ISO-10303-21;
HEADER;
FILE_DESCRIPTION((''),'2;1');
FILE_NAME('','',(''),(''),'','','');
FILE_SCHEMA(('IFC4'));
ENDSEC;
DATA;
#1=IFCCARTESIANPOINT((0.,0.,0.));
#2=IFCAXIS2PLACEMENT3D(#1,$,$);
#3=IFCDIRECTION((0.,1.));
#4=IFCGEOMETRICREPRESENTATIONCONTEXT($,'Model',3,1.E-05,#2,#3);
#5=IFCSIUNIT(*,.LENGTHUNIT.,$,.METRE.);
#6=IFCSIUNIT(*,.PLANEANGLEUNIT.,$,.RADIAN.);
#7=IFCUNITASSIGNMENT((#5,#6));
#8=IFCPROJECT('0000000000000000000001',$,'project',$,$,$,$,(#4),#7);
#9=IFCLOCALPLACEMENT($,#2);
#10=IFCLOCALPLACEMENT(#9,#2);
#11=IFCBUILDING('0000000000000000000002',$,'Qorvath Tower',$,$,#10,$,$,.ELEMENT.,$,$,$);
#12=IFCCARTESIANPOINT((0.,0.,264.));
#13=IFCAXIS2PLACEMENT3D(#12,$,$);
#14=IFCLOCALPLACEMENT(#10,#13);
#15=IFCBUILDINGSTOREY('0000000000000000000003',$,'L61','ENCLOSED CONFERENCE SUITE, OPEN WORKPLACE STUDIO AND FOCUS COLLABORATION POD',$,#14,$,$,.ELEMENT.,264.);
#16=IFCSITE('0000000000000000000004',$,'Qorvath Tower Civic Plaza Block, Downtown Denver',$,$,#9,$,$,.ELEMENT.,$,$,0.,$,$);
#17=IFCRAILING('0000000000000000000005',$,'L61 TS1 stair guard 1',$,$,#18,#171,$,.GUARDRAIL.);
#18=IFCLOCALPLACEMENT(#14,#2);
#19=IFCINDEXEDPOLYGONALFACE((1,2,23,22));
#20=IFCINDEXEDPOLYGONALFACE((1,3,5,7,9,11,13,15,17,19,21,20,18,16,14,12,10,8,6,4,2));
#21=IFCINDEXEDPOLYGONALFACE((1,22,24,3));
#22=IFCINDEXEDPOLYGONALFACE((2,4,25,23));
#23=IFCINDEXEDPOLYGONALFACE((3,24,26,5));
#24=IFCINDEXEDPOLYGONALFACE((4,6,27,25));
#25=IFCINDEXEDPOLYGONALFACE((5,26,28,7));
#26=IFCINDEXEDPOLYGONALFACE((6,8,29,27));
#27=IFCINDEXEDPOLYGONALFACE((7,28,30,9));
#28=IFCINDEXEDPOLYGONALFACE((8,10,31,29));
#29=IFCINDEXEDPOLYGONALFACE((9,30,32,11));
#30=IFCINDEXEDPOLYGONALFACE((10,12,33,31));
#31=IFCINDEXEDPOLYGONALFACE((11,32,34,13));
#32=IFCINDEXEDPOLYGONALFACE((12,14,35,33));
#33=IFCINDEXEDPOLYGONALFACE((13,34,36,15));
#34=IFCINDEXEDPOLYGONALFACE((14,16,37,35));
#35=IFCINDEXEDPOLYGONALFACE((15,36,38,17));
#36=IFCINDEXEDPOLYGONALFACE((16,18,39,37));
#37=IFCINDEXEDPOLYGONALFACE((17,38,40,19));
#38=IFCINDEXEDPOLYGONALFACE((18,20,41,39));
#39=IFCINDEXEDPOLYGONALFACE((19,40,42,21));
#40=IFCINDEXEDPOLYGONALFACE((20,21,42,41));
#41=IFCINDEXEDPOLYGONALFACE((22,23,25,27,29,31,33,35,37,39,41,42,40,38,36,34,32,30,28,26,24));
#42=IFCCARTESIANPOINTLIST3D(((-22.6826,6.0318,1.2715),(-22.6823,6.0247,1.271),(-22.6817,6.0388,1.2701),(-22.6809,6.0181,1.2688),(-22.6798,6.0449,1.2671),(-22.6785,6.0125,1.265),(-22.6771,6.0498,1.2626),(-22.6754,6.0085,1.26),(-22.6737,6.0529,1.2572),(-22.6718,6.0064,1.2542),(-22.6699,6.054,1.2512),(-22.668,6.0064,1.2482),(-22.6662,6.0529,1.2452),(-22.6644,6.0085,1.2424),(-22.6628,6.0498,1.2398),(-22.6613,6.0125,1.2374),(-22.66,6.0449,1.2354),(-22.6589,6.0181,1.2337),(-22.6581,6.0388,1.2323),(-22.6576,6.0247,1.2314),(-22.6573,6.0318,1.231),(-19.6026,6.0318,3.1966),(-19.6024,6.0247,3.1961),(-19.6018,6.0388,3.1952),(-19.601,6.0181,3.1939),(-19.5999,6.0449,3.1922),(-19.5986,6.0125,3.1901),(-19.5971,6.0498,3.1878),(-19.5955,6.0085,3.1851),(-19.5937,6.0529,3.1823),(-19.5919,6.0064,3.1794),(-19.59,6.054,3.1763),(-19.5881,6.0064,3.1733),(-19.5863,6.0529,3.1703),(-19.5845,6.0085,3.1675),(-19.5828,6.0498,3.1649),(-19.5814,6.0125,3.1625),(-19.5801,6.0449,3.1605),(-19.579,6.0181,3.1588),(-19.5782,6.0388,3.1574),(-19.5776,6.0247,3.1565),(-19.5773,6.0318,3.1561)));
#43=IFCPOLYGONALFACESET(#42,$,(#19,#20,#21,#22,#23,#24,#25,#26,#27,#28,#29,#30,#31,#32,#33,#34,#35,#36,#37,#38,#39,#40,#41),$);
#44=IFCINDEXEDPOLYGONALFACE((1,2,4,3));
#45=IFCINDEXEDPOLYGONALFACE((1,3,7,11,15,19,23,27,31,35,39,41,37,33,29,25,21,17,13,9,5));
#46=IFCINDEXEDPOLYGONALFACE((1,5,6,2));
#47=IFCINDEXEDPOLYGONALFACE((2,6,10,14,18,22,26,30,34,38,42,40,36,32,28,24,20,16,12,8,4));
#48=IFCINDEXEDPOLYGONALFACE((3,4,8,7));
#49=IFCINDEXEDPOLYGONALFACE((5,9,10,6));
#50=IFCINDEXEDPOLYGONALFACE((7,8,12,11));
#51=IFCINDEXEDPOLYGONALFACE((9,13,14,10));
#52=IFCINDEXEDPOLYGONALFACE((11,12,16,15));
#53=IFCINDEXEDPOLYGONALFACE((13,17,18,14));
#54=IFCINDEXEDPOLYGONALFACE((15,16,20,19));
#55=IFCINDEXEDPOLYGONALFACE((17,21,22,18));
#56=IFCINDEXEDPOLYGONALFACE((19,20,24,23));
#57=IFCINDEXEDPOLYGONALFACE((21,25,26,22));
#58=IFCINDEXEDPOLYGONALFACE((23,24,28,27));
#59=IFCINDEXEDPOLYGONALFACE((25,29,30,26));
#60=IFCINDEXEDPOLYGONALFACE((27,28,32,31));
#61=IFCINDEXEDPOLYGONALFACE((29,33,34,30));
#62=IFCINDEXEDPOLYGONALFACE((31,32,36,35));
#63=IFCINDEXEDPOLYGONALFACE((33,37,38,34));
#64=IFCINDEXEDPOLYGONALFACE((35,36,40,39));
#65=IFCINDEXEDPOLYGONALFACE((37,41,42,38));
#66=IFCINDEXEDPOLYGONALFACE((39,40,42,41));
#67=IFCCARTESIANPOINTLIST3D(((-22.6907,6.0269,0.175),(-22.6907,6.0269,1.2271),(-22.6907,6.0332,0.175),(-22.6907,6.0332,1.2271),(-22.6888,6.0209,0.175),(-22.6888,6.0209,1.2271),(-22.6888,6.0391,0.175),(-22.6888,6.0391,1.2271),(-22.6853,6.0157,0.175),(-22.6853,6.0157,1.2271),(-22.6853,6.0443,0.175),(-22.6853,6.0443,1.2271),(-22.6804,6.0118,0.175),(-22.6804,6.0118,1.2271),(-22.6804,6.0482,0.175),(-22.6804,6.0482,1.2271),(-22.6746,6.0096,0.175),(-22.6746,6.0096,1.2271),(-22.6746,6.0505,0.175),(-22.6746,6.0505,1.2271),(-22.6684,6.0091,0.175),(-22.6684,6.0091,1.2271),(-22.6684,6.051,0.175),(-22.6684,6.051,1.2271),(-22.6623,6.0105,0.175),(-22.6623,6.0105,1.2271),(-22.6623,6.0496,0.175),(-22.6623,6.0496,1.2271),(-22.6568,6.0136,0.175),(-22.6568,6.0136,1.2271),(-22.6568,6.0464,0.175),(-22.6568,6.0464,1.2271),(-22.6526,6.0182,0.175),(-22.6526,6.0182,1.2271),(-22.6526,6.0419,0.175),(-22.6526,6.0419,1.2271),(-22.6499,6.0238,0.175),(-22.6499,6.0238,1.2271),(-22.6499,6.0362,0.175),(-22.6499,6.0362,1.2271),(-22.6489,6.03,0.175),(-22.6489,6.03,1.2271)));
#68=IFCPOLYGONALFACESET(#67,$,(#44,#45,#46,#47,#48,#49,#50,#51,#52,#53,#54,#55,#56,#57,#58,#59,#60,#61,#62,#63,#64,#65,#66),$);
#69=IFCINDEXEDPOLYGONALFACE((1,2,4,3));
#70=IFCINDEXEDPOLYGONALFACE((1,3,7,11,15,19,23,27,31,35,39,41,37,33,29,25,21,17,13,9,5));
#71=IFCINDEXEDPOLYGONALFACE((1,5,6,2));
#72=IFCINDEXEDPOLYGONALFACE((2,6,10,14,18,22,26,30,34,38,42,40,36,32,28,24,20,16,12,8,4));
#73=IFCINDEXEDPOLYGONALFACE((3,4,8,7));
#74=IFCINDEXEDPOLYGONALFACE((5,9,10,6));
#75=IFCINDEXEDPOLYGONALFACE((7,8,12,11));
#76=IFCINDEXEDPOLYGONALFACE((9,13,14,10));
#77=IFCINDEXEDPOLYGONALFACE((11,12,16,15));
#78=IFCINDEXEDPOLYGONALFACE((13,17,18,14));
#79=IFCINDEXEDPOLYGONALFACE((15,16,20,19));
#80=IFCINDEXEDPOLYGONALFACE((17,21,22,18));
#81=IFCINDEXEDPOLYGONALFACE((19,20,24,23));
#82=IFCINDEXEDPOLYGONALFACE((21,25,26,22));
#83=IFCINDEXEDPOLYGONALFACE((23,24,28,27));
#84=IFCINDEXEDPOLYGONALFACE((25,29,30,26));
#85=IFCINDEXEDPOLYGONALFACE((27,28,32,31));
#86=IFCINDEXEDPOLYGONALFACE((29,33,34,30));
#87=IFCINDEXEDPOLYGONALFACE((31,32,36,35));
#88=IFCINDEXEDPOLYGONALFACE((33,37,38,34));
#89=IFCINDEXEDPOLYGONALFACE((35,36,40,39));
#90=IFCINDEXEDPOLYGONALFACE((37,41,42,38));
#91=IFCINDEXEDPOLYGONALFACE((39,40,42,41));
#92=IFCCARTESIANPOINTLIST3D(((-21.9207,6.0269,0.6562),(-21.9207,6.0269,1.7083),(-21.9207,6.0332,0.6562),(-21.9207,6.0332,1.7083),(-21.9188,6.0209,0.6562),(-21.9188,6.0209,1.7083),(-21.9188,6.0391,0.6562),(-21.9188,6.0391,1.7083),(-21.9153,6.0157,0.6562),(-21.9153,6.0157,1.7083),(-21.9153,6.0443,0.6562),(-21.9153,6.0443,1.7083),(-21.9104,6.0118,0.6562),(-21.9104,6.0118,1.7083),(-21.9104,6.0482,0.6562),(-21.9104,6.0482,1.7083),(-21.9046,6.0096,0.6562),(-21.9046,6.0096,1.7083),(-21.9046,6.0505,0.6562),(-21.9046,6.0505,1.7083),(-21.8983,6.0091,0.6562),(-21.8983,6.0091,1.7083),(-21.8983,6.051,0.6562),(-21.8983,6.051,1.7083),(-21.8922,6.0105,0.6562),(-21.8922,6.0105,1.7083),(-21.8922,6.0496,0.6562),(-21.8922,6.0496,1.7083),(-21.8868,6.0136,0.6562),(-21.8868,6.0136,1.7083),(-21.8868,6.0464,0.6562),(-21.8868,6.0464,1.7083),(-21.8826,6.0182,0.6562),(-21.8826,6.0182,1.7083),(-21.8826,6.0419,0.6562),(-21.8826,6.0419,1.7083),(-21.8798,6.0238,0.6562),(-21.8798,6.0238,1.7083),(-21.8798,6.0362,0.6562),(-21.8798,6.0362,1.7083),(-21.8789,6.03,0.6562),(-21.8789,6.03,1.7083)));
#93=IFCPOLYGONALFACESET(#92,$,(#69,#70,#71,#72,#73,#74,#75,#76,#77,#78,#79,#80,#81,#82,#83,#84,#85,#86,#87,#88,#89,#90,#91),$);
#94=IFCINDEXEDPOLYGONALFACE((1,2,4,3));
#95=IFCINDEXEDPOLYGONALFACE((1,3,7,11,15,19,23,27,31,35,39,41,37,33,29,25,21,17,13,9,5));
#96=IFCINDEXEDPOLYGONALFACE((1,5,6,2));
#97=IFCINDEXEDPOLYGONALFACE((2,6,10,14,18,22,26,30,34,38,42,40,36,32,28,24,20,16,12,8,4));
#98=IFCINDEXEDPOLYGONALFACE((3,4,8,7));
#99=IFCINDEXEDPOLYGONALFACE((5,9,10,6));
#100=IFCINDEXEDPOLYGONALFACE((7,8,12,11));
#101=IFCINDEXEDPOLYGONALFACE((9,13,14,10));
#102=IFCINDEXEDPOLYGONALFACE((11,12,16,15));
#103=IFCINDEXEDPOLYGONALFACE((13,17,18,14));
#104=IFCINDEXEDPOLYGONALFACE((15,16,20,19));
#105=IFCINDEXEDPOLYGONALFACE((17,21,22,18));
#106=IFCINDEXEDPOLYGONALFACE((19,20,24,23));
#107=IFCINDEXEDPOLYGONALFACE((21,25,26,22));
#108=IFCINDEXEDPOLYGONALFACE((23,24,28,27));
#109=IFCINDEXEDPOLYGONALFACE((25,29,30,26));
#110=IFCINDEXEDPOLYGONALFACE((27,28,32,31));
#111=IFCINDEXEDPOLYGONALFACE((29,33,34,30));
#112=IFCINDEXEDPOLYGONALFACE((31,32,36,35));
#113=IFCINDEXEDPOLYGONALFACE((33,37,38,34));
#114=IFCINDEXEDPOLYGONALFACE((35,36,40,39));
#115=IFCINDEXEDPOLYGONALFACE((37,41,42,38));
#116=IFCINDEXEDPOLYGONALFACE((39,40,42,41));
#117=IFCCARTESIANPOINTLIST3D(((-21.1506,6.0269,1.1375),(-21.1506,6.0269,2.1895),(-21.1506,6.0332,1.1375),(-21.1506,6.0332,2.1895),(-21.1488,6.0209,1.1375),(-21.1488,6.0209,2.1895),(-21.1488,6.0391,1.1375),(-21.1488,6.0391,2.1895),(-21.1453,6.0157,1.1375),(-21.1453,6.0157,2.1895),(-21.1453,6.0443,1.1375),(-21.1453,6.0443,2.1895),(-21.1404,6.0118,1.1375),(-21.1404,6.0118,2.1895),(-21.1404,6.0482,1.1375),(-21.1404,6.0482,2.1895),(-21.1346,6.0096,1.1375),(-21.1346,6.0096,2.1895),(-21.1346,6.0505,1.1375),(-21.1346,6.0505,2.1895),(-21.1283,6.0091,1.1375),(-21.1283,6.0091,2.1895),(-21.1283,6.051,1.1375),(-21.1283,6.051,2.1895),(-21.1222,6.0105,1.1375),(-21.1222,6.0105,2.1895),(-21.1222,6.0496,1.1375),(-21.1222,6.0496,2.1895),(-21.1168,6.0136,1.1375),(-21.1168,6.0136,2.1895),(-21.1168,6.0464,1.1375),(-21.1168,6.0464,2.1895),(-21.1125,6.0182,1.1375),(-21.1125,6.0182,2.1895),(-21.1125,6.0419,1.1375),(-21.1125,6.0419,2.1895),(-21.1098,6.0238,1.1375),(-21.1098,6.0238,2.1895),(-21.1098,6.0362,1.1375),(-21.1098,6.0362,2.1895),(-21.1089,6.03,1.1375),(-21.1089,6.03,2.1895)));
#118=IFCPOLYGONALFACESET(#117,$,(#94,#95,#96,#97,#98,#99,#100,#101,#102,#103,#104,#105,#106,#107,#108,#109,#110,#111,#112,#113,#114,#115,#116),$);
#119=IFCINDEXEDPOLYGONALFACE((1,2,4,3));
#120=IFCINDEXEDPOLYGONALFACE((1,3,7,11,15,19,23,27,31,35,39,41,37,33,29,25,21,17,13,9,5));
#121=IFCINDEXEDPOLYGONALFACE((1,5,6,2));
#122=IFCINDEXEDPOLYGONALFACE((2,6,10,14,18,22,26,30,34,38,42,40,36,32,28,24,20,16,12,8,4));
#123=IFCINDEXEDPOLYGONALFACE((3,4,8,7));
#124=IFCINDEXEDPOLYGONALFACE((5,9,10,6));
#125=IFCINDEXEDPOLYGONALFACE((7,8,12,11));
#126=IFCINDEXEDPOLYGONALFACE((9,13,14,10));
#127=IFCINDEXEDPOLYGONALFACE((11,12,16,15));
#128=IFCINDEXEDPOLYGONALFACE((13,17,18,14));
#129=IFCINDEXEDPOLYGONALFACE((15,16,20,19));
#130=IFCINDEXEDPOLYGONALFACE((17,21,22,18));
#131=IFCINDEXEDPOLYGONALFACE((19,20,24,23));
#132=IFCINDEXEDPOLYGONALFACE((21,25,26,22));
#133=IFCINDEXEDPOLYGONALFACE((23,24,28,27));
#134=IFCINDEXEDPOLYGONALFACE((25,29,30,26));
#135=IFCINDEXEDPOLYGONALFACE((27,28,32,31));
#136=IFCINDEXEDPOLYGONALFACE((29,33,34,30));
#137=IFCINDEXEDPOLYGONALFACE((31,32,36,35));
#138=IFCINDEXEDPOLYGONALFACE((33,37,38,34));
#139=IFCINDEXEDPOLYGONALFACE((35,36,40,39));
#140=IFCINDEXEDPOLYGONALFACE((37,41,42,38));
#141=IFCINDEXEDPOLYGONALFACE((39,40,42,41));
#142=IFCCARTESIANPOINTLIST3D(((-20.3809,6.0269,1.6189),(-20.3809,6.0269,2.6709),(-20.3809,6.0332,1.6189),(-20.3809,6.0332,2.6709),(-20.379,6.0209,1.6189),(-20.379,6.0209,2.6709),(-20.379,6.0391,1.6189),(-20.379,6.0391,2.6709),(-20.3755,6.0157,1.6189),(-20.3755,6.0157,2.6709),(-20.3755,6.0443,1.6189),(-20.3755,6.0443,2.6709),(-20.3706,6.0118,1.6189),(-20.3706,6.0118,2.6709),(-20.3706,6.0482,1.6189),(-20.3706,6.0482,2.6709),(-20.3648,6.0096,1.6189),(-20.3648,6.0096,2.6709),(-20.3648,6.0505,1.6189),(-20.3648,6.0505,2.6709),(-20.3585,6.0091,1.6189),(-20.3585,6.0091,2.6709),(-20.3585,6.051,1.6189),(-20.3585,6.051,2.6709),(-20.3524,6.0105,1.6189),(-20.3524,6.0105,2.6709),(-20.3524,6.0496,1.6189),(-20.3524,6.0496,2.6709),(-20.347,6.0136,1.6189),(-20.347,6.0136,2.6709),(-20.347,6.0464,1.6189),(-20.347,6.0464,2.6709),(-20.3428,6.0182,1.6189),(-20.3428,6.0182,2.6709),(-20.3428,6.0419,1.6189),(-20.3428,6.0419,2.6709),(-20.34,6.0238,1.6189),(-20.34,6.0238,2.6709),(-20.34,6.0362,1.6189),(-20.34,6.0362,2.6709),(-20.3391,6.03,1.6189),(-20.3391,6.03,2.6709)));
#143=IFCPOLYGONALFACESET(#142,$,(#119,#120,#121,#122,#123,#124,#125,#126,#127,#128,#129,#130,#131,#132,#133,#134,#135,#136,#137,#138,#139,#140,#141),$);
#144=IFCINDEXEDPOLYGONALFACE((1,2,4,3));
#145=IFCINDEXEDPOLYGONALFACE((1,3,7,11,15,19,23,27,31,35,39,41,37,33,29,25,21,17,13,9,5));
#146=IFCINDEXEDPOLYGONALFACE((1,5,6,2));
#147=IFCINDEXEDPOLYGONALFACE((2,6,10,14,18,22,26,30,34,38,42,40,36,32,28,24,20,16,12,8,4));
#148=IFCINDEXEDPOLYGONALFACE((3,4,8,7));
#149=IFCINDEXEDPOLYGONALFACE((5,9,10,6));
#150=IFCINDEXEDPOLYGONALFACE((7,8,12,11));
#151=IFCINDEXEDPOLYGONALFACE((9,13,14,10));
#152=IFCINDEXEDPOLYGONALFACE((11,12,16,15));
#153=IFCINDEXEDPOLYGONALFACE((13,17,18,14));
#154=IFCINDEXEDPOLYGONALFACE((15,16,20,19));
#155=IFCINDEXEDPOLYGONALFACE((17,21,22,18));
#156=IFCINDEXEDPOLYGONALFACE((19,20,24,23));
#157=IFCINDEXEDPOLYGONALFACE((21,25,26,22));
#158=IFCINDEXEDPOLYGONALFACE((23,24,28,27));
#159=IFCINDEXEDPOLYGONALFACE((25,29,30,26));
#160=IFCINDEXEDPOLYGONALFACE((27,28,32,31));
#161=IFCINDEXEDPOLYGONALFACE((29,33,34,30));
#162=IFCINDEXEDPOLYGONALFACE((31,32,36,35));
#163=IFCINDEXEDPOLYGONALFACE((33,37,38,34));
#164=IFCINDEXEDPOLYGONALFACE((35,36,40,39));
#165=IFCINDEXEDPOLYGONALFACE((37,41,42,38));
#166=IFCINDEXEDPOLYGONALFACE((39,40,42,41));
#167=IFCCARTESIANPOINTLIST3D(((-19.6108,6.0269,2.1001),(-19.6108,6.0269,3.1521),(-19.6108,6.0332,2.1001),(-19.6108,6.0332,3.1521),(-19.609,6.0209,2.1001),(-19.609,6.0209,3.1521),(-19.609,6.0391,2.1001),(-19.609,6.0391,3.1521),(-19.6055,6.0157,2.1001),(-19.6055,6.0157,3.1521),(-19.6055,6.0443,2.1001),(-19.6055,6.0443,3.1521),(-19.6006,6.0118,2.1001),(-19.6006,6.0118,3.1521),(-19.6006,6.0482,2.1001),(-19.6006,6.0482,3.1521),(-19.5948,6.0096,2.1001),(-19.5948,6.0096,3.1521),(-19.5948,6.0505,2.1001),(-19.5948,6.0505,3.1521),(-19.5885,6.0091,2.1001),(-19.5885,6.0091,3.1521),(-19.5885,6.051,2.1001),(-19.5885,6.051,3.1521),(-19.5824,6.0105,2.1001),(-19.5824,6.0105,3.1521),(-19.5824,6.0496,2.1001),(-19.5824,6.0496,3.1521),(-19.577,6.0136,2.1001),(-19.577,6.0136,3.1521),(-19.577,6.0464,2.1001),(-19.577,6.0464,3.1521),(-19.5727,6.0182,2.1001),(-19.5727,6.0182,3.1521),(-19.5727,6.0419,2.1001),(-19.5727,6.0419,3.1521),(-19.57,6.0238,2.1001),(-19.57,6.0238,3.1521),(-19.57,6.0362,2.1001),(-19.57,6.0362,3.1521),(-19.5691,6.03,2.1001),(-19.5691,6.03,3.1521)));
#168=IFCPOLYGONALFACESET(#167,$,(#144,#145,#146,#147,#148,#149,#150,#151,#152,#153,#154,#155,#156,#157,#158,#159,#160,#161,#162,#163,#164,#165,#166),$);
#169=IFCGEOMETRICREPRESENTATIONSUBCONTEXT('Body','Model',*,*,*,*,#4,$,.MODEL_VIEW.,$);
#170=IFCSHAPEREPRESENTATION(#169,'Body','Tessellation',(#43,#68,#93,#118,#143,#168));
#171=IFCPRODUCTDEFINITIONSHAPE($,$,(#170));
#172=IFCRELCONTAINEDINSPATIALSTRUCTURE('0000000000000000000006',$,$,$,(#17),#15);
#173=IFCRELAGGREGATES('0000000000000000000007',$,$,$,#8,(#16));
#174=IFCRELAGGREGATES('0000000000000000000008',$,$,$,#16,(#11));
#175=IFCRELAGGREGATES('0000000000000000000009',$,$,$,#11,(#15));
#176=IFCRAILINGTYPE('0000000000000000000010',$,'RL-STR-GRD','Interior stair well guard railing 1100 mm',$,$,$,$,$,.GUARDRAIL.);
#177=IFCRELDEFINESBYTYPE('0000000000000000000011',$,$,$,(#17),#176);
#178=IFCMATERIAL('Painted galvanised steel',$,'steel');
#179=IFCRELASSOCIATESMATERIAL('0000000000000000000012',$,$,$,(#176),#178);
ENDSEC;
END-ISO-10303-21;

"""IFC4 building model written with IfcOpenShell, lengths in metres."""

from ifc_helpers import new_model, si_unit, direction, frame, origin, origin_2d, place, context, subcontext, project, spatial, circle, extrude, material, type_object, element, save


model = new_model("IFC4")

# Units and contexts
model_context = context("Model", 3, precision=1e-05, world=origin(), true_north=direction((0.0, 1.0)))
body_context = subcontext(model_context, "Body", "Model", "MODEL_VIEW")
ifc_project = project(units=[si_unit("LENGTHUNIT", "METRE"), si_unit("PLANEANGLEUNIT", "RADIAN")], contexts=[model_context])

# Site, building, storey
site_placement = place(None, origin())
site = spatial("IfcSite", under=ifc_project, at=site_placement, Name="Qorvath Tower Civic Plaza Block, Downtown Denver", CompositionType="ELEMENT", RefElevation=0.0)
building_placement = place(site_placement, origin())
building = spatial("IfcBuilding", under=site, at=building_placement, Name="Qorvath Tower", CompositionType="ELEMENT")
storey_placement = place(building_placement, frame((0.0, 0.0, 264.0)))
storey = spatial("IfcBuildingStorey", under=building, at=storey_placement, Name="L61", Description="ENCLOSED CONFERENCE SUITE, OPEN WORKPLACE STUDIO AND FOCUS COLLABORATION POD", CompositionType="ELEMENT", Elevation=264.0)

# Railing
ifc_material_1 = material(Name="Painted galvanised steel", Category="steel")
railing_type_1 = type_object("IfcRailingType", Name="RL-STR-GRD", Description="Interior stair well guard railing 1100 mm", PredefinedType="GUARDRAIL", material=ifc_material_1)
railing_1_placement = place(storey_placement, frame((-22.6699, 6.03, 0.175)))
element("IfcRailing", 1, at=railing_1_placement, inside=storey, type_object=railing_type_1, Name="L61 TS1 stair guard 1", PredefinedType="GUARDRAIL", context=body_context, shape_type="SweptSolid", body=[
    extrude(circle(Radius=0.0239, at=origin_2d()), frame((0.0, 0.0, 1.0762), z_axis=(0.847979, 0.0, 0.530029), x_axis=(0.0, 1.0, 0.0)), (0.0, 0.0, 1.0), 3.6321),
    extrude(circle(Radius=0.021, at=origin_2d()), origin(), (0.0, 0.0, 1.0), 1.052),
    extrude(circle(Radius=0.021, at=origin_2d()), frame((0.77, 0.0, 0.4812)), (0.0, 0.0, 1.0), 1.052),
    extrude(circle(Radius=0.021, at=origin_2d()), frame((1.54, 0.0, 0.9624)), (0.0, 0.0, 1.0), 1.052),
    extrude(circle(Radius=0.021, at=origin_2d()), frame((2.3098, 0.0, 1.4438)), (0.0, 0.0, 1.0), 1.052),
    extrude(circle(Radius=0.021, at=origin_2d()), frame((3.0798, 0.0, 1.925)), (0.0, 0.0, 1.0), 1.052),
])

save(model, "model.ifc")
